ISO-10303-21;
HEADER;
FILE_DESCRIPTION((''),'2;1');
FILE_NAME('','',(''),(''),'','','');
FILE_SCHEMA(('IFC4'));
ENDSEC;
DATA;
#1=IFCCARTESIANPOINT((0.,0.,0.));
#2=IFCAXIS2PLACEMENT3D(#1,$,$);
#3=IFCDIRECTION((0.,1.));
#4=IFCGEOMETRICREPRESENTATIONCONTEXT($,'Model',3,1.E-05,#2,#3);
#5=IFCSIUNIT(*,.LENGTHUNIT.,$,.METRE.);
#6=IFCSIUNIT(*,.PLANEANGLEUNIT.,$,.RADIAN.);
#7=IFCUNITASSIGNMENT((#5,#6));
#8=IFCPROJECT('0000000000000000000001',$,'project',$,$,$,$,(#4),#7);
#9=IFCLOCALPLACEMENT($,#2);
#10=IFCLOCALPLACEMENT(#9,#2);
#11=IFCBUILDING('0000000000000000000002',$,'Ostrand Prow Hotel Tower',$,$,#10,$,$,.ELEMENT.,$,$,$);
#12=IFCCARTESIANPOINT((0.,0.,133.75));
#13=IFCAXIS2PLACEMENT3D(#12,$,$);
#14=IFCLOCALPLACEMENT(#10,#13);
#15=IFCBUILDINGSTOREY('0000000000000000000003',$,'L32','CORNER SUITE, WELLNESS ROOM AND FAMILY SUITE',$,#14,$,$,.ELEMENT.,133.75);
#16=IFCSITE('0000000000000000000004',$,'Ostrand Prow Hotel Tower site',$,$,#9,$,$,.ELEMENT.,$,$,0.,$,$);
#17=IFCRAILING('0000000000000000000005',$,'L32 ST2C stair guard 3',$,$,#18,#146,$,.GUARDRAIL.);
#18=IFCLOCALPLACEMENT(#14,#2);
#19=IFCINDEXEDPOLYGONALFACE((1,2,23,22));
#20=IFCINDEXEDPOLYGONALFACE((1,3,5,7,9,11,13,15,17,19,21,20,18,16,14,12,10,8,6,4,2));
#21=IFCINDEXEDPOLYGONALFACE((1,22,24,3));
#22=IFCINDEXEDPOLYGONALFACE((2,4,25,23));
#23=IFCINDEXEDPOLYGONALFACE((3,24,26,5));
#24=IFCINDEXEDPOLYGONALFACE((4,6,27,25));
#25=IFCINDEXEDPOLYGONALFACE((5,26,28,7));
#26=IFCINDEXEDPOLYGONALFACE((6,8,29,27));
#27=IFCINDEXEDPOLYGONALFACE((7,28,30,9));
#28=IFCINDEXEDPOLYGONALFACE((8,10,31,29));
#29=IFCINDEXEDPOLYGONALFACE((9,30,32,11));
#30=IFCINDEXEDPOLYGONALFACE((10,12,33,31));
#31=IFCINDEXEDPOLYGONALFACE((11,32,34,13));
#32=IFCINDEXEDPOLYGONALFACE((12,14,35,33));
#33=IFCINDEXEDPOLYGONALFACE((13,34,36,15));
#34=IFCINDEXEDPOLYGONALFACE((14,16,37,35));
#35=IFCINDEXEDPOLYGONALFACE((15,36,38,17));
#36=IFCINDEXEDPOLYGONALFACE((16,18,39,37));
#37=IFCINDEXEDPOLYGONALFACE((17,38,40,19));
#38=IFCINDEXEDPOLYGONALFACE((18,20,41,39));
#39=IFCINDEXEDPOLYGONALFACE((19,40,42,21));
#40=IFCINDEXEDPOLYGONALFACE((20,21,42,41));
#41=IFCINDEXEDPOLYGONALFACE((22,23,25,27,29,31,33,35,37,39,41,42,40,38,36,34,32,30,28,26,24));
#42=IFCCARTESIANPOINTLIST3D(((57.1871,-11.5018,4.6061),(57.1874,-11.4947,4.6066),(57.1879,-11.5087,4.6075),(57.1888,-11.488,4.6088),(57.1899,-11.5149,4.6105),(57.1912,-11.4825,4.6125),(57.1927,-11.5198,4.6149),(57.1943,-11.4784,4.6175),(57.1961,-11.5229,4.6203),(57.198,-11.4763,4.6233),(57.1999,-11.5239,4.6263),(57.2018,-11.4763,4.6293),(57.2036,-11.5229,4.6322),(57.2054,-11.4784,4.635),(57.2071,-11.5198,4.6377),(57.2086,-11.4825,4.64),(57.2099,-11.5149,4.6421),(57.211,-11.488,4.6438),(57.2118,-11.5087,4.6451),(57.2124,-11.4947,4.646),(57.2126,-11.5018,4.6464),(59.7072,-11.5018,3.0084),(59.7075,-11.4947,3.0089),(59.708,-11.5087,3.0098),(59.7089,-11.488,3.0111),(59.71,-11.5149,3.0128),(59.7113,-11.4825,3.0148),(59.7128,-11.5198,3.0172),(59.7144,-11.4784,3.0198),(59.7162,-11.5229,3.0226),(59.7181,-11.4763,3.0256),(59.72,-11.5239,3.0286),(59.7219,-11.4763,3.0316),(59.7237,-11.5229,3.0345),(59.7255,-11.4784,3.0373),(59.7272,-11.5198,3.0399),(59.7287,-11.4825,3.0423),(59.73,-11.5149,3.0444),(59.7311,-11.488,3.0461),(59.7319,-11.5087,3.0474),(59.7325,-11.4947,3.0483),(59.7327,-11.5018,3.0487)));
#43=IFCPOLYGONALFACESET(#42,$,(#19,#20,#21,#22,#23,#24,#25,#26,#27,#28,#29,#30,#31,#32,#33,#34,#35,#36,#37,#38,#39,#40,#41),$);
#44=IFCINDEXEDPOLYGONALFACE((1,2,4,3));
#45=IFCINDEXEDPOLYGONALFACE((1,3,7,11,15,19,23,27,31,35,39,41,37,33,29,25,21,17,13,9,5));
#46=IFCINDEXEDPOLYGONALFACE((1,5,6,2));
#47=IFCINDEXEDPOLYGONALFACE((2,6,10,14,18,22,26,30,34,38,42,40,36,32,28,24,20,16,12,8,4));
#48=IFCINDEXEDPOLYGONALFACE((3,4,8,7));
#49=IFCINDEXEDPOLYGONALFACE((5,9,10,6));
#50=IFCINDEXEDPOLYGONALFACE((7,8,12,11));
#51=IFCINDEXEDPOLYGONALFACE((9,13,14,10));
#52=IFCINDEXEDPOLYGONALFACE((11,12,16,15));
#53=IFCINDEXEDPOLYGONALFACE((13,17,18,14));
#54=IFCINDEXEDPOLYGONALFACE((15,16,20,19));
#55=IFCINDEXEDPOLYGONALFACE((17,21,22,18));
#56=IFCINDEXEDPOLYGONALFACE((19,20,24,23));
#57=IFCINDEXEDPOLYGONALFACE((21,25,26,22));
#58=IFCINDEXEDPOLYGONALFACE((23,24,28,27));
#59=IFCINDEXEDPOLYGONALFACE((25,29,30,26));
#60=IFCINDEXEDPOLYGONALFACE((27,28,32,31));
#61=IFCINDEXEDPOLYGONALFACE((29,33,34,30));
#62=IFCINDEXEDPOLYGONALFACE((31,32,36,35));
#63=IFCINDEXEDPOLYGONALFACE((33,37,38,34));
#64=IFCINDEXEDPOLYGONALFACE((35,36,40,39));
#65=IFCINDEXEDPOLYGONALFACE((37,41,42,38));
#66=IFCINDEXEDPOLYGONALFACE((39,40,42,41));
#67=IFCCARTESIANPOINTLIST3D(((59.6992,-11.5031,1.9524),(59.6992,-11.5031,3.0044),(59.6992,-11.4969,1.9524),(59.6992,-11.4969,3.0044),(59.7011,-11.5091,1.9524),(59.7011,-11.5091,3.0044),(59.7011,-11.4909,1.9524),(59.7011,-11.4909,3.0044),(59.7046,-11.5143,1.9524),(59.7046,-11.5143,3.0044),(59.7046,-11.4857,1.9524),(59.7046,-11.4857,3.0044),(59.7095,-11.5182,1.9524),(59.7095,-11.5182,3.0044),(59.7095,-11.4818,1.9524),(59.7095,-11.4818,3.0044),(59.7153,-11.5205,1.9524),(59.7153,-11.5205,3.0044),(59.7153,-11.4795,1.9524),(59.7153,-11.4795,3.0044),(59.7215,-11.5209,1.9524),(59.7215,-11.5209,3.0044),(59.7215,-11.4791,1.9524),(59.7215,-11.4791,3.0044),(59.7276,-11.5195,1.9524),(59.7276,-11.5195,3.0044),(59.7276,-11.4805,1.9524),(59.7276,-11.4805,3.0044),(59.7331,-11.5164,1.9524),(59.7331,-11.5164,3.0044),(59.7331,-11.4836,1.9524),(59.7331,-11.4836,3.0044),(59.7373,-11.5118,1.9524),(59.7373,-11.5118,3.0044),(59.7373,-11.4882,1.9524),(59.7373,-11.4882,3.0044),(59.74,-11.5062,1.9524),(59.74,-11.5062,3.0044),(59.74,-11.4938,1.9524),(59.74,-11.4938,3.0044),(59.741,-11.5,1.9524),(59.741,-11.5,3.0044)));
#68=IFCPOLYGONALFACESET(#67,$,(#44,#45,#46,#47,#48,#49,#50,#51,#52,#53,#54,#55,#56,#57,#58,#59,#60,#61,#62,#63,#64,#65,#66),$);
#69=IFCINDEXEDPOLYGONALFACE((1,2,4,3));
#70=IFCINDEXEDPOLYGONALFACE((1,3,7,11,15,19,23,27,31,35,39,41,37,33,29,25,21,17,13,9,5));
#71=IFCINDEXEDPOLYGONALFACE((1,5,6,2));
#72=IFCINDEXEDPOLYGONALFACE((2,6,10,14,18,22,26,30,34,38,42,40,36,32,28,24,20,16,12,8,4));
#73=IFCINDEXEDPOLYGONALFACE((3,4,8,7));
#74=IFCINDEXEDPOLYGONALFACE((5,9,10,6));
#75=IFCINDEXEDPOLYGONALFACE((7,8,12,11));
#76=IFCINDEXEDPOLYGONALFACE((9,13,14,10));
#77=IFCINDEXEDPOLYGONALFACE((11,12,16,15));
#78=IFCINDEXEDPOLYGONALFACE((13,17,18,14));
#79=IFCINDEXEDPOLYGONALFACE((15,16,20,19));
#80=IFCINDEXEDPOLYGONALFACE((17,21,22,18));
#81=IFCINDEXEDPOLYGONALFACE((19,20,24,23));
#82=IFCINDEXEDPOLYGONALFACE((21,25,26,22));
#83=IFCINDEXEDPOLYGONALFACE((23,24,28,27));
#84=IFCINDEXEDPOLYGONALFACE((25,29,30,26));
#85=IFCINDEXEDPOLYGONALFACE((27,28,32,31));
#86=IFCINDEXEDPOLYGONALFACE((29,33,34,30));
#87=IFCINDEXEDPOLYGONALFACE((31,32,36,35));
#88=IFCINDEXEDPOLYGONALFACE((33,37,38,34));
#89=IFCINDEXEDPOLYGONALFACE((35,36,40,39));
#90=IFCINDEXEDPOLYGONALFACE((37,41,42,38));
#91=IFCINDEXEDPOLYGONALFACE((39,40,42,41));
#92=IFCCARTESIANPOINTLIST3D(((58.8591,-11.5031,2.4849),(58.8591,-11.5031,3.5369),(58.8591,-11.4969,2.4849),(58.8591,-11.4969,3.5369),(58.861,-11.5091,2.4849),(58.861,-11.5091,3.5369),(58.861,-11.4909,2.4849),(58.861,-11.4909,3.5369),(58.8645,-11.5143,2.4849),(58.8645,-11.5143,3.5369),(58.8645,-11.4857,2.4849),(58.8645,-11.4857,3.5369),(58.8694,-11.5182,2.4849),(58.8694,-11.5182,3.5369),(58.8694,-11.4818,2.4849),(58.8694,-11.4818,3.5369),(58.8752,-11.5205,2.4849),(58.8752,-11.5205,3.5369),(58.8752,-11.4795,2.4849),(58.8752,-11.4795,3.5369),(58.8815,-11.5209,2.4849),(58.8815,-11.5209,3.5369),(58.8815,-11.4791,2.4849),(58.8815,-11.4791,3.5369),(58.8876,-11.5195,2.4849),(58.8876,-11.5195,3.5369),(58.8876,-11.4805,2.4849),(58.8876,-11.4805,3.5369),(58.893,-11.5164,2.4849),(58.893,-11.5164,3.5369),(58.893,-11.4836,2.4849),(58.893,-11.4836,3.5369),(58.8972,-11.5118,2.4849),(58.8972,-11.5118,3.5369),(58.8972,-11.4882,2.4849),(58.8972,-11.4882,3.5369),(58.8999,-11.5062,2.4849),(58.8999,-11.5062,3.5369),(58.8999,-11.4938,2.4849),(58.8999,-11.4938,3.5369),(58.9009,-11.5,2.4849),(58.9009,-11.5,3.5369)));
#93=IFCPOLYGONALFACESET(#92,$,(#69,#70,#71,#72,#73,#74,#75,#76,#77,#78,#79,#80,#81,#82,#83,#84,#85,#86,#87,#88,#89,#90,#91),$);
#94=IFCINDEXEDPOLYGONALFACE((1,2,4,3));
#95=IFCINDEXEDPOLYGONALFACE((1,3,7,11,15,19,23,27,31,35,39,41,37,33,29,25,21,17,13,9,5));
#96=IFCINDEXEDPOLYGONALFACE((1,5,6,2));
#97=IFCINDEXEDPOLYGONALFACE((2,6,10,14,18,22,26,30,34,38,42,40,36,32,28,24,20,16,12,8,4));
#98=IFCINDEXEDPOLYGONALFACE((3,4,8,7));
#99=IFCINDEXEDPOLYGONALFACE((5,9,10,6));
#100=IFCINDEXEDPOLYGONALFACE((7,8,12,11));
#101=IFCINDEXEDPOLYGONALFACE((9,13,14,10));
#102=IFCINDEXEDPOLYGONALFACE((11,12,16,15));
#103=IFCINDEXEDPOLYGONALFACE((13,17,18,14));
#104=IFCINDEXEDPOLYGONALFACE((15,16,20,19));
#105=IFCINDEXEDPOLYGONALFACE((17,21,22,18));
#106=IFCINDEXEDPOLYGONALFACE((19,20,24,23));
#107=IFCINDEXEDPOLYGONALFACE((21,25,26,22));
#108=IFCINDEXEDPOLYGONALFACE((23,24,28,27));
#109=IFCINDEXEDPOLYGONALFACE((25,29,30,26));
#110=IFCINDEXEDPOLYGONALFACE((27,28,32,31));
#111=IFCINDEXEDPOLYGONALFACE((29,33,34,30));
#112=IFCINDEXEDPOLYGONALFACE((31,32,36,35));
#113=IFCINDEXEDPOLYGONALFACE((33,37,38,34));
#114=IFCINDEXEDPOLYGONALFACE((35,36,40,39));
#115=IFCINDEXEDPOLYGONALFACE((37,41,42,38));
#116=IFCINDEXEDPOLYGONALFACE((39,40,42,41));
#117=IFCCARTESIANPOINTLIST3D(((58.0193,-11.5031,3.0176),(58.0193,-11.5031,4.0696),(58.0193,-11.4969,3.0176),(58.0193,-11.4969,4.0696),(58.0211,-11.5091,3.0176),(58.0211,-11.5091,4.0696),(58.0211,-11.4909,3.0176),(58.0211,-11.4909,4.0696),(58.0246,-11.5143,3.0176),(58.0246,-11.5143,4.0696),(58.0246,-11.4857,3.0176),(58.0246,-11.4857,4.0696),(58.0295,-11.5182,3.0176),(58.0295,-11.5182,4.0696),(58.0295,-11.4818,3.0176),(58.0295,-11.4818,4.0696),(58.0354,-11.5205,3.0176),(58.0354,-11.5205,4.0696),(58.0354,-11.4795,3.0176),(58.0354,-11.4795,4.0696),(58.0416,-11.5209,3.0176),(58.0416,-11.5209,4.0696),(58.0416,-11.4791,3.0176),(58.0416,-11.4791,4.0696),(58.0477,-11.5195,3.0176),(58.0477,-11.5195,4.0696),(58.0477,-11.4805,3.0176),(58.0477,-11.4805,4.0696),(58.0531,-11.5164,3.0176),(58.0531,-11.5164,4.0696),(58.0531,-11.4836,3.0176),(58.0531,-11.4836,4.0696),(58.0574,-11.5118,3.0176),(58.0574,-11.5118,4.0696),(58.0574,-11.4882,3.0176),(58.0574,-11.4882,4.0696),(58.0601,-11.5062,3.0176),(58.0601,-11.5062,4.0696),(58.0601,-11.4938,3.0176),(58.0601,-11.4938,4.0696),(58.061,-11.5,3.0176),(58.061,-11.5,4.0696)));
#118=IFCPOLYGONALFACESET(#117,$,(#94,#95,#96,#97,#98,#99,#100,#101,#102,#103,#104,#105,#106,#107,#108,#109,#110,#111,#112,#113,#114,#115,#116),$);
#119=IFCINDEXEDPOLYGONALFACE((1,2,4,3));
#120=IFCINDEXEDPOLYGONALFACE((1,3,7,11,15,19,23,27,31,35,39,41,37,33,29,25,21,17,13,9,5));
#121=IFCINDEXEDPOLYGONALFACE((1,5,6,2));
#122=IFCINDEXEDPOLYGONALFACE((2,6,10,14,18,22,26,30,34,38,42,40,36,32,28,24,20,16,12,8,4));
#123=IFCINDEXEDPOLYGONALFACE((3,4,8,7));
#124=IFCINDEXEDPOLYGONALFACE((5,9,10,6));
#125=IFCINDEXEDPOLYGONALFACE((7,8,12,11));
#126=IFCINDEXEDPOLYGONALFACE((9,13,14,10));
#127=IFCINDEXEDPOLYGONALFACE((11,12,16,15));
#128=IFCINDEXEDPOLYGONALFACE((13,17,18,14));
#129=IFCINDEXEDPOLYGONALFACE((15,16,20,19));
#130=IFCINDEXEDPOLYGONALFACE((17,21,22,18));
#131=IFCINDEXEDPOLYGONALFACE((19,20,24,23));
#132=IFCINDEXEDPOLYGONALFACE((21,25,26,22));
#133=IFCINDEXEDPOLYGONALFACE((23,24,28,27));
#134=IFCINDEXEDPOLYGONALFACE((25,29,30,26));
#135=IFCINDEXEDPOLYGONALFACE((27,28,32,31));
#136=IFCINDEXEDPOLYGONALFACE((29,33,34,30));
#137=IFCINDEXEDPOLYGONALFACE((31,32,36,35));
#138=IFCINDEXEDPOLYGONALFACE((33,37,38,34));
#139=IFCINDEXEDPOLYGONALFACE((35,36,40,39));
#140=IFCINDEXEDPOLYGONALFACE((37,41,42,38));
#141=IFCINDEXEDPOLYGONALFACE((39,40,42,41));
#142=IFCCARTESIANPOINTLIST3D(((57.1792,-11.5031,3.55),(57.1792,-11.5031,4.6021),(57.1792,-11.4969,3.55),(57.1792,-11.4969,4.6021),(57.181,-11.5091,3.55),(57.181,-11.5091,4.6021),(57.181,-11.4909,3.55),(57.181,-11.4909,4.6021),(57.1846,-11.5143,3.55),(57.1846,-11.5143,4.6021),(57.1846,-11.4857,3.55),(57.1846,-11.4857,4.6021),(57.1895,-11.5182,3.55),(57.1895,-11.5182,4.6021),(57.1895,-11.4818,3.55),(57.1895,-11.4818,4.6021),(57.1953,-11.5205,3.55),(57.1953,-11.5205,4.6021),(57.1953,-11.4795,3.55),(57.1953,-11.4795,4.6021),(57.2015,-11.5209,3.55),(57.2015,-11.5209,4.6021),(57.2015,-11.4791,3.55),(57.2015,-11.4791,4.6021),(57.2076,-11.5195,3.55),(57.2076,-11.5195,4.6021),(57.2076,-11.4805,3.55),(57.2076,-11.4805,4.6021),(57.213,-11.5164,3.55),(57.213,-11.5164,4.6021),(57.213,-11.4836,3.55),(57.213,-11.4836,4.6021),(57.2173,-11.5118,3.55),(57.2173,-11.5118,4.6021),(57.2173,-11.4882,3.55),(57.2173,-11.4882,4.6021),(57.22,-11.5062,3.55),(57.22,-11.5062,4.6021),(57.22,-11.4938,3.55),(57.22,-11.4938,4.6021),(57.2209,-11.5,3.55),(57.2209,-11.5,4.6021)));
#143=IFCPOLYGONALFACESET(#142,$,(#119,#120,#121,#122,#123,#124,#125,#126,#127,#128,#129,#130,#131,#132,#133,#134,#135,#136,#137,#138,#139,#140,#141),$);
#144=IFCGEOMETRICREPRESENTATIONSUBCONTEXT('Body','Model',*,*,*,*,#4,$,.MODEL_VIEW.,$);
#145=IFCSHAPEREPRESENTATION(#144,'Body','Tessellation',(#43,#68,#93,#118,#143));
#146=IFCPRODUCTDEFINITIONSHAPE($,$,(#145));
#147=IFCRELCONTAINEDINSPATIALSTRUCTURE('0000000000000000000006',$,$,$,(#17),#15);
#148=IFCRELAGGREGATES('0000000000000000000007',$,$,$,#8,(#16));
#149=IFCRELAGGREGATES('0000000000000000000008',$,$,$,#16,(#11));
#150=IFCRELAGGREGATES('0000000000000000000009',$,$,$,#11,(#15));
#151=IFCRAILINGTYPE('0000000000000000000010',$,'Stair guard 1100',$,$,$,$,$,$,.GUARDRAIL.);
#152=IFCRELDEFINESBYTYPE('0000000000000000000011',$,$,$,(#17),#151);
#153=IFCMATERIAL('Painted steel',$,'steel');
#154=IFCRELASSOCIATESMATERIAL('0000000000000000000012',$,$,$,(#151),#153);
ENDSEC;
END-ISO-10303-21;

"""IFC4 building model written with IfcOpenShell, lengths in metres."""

from ifc_helpers import new_model, si_unit, direction, frame, origin, origin_2d, place, context, subcontext, project, spatial, circle, extrude, material, type_object, element, save


model = new_model("IFC4")

# Units and contexts
model_context = context("Model", 3, precision=1e-05, world=origin(), true_north=direction((0.0, 1.0)))
body_context = subcontext(model_context, "Body", "Model", "MODEL_VIEW")
ifc_project = project(units=[si_unit("LENGTHUNIT", "METRE"), si_unit("PLANEANGLEUNIT", "RADIAN")], contexts=[model_context])

# Site, building, storey
site_placement = place(None, origin())
site = spatial("IfcSite", under=ifc_project, at=site_placement, Name="Ostrand Prow Hotel Tower site", CompositionType="ELEMENT", RefElevation=0.0)
building_placement = place(site_placement, origin())
building = spatial("IfcBuilding", under=site, at=building_placement, Name="Ostrand Prow Hotel Tower", CompositionType="ELEMENT")
storey_placement = place(building_placement, frame((0.0, 0.0, 133.75)))
storey = spatial("IfcBuildingStorey", under=building, at=storey_placement, Name="L32", Description="CORNER SUITE, WELLNESS ROOM AND FAMILY SUITE", CompositionType="ELEMENT", Elevation=133.75)

# Railing
ifc_material_1 = material(Name="Painted steel", Category="steel")
railing_type_1 = type_object("IfcRailingType", Name="Stair guard 1100", PredefinedType="GUARDRAIL", material=ifc_material_1)
railing_1_placement = place(storey_placement, frame((59.72, -11.5, 1.9524)))
element("IfcRailing", 1, at=railing_1_placement, inside=storey, type_object=railing_type_1, Name="L32 ST2C stair guard 3", PredefinedType="GUARDRAIL", context=body_context, shape_type="SweptSolid", body=[
    extrude(circle(Radius=0.0239, at=origin_2d()), frame((0.0, 0.0, 1.0762), z_axis=(-0.84457, 0.0, 0.535445), x_axis=(0.0, -1.0, 0.0)), (0.0, 0.0, 1.0), 2.9839),
    extrude(circle(Radius=0.021, at=origin_2d()), origin(), (0.0, 0.0, 1.0), 1.052),
    extrude(circle(Radius=0.021, at=origin_2d()), frame((-0.8401, 0.0, 0.5325)), (0.0, 0.0, 1.0), 1.052),
    extrude(circle(Radius=0.021, at=origin_2d()), frame((-1.6799, 0.0, 1.0652)), (0.0, 0.0, 1.0), 1.052),
    extrude(circle(Radius=0.021, at=origin_2d()), frame((-2.52, 0.0, 1.5977)), (0.0, 0.0, 1.0), 1.052),
])

save(model, "model.ifc")
